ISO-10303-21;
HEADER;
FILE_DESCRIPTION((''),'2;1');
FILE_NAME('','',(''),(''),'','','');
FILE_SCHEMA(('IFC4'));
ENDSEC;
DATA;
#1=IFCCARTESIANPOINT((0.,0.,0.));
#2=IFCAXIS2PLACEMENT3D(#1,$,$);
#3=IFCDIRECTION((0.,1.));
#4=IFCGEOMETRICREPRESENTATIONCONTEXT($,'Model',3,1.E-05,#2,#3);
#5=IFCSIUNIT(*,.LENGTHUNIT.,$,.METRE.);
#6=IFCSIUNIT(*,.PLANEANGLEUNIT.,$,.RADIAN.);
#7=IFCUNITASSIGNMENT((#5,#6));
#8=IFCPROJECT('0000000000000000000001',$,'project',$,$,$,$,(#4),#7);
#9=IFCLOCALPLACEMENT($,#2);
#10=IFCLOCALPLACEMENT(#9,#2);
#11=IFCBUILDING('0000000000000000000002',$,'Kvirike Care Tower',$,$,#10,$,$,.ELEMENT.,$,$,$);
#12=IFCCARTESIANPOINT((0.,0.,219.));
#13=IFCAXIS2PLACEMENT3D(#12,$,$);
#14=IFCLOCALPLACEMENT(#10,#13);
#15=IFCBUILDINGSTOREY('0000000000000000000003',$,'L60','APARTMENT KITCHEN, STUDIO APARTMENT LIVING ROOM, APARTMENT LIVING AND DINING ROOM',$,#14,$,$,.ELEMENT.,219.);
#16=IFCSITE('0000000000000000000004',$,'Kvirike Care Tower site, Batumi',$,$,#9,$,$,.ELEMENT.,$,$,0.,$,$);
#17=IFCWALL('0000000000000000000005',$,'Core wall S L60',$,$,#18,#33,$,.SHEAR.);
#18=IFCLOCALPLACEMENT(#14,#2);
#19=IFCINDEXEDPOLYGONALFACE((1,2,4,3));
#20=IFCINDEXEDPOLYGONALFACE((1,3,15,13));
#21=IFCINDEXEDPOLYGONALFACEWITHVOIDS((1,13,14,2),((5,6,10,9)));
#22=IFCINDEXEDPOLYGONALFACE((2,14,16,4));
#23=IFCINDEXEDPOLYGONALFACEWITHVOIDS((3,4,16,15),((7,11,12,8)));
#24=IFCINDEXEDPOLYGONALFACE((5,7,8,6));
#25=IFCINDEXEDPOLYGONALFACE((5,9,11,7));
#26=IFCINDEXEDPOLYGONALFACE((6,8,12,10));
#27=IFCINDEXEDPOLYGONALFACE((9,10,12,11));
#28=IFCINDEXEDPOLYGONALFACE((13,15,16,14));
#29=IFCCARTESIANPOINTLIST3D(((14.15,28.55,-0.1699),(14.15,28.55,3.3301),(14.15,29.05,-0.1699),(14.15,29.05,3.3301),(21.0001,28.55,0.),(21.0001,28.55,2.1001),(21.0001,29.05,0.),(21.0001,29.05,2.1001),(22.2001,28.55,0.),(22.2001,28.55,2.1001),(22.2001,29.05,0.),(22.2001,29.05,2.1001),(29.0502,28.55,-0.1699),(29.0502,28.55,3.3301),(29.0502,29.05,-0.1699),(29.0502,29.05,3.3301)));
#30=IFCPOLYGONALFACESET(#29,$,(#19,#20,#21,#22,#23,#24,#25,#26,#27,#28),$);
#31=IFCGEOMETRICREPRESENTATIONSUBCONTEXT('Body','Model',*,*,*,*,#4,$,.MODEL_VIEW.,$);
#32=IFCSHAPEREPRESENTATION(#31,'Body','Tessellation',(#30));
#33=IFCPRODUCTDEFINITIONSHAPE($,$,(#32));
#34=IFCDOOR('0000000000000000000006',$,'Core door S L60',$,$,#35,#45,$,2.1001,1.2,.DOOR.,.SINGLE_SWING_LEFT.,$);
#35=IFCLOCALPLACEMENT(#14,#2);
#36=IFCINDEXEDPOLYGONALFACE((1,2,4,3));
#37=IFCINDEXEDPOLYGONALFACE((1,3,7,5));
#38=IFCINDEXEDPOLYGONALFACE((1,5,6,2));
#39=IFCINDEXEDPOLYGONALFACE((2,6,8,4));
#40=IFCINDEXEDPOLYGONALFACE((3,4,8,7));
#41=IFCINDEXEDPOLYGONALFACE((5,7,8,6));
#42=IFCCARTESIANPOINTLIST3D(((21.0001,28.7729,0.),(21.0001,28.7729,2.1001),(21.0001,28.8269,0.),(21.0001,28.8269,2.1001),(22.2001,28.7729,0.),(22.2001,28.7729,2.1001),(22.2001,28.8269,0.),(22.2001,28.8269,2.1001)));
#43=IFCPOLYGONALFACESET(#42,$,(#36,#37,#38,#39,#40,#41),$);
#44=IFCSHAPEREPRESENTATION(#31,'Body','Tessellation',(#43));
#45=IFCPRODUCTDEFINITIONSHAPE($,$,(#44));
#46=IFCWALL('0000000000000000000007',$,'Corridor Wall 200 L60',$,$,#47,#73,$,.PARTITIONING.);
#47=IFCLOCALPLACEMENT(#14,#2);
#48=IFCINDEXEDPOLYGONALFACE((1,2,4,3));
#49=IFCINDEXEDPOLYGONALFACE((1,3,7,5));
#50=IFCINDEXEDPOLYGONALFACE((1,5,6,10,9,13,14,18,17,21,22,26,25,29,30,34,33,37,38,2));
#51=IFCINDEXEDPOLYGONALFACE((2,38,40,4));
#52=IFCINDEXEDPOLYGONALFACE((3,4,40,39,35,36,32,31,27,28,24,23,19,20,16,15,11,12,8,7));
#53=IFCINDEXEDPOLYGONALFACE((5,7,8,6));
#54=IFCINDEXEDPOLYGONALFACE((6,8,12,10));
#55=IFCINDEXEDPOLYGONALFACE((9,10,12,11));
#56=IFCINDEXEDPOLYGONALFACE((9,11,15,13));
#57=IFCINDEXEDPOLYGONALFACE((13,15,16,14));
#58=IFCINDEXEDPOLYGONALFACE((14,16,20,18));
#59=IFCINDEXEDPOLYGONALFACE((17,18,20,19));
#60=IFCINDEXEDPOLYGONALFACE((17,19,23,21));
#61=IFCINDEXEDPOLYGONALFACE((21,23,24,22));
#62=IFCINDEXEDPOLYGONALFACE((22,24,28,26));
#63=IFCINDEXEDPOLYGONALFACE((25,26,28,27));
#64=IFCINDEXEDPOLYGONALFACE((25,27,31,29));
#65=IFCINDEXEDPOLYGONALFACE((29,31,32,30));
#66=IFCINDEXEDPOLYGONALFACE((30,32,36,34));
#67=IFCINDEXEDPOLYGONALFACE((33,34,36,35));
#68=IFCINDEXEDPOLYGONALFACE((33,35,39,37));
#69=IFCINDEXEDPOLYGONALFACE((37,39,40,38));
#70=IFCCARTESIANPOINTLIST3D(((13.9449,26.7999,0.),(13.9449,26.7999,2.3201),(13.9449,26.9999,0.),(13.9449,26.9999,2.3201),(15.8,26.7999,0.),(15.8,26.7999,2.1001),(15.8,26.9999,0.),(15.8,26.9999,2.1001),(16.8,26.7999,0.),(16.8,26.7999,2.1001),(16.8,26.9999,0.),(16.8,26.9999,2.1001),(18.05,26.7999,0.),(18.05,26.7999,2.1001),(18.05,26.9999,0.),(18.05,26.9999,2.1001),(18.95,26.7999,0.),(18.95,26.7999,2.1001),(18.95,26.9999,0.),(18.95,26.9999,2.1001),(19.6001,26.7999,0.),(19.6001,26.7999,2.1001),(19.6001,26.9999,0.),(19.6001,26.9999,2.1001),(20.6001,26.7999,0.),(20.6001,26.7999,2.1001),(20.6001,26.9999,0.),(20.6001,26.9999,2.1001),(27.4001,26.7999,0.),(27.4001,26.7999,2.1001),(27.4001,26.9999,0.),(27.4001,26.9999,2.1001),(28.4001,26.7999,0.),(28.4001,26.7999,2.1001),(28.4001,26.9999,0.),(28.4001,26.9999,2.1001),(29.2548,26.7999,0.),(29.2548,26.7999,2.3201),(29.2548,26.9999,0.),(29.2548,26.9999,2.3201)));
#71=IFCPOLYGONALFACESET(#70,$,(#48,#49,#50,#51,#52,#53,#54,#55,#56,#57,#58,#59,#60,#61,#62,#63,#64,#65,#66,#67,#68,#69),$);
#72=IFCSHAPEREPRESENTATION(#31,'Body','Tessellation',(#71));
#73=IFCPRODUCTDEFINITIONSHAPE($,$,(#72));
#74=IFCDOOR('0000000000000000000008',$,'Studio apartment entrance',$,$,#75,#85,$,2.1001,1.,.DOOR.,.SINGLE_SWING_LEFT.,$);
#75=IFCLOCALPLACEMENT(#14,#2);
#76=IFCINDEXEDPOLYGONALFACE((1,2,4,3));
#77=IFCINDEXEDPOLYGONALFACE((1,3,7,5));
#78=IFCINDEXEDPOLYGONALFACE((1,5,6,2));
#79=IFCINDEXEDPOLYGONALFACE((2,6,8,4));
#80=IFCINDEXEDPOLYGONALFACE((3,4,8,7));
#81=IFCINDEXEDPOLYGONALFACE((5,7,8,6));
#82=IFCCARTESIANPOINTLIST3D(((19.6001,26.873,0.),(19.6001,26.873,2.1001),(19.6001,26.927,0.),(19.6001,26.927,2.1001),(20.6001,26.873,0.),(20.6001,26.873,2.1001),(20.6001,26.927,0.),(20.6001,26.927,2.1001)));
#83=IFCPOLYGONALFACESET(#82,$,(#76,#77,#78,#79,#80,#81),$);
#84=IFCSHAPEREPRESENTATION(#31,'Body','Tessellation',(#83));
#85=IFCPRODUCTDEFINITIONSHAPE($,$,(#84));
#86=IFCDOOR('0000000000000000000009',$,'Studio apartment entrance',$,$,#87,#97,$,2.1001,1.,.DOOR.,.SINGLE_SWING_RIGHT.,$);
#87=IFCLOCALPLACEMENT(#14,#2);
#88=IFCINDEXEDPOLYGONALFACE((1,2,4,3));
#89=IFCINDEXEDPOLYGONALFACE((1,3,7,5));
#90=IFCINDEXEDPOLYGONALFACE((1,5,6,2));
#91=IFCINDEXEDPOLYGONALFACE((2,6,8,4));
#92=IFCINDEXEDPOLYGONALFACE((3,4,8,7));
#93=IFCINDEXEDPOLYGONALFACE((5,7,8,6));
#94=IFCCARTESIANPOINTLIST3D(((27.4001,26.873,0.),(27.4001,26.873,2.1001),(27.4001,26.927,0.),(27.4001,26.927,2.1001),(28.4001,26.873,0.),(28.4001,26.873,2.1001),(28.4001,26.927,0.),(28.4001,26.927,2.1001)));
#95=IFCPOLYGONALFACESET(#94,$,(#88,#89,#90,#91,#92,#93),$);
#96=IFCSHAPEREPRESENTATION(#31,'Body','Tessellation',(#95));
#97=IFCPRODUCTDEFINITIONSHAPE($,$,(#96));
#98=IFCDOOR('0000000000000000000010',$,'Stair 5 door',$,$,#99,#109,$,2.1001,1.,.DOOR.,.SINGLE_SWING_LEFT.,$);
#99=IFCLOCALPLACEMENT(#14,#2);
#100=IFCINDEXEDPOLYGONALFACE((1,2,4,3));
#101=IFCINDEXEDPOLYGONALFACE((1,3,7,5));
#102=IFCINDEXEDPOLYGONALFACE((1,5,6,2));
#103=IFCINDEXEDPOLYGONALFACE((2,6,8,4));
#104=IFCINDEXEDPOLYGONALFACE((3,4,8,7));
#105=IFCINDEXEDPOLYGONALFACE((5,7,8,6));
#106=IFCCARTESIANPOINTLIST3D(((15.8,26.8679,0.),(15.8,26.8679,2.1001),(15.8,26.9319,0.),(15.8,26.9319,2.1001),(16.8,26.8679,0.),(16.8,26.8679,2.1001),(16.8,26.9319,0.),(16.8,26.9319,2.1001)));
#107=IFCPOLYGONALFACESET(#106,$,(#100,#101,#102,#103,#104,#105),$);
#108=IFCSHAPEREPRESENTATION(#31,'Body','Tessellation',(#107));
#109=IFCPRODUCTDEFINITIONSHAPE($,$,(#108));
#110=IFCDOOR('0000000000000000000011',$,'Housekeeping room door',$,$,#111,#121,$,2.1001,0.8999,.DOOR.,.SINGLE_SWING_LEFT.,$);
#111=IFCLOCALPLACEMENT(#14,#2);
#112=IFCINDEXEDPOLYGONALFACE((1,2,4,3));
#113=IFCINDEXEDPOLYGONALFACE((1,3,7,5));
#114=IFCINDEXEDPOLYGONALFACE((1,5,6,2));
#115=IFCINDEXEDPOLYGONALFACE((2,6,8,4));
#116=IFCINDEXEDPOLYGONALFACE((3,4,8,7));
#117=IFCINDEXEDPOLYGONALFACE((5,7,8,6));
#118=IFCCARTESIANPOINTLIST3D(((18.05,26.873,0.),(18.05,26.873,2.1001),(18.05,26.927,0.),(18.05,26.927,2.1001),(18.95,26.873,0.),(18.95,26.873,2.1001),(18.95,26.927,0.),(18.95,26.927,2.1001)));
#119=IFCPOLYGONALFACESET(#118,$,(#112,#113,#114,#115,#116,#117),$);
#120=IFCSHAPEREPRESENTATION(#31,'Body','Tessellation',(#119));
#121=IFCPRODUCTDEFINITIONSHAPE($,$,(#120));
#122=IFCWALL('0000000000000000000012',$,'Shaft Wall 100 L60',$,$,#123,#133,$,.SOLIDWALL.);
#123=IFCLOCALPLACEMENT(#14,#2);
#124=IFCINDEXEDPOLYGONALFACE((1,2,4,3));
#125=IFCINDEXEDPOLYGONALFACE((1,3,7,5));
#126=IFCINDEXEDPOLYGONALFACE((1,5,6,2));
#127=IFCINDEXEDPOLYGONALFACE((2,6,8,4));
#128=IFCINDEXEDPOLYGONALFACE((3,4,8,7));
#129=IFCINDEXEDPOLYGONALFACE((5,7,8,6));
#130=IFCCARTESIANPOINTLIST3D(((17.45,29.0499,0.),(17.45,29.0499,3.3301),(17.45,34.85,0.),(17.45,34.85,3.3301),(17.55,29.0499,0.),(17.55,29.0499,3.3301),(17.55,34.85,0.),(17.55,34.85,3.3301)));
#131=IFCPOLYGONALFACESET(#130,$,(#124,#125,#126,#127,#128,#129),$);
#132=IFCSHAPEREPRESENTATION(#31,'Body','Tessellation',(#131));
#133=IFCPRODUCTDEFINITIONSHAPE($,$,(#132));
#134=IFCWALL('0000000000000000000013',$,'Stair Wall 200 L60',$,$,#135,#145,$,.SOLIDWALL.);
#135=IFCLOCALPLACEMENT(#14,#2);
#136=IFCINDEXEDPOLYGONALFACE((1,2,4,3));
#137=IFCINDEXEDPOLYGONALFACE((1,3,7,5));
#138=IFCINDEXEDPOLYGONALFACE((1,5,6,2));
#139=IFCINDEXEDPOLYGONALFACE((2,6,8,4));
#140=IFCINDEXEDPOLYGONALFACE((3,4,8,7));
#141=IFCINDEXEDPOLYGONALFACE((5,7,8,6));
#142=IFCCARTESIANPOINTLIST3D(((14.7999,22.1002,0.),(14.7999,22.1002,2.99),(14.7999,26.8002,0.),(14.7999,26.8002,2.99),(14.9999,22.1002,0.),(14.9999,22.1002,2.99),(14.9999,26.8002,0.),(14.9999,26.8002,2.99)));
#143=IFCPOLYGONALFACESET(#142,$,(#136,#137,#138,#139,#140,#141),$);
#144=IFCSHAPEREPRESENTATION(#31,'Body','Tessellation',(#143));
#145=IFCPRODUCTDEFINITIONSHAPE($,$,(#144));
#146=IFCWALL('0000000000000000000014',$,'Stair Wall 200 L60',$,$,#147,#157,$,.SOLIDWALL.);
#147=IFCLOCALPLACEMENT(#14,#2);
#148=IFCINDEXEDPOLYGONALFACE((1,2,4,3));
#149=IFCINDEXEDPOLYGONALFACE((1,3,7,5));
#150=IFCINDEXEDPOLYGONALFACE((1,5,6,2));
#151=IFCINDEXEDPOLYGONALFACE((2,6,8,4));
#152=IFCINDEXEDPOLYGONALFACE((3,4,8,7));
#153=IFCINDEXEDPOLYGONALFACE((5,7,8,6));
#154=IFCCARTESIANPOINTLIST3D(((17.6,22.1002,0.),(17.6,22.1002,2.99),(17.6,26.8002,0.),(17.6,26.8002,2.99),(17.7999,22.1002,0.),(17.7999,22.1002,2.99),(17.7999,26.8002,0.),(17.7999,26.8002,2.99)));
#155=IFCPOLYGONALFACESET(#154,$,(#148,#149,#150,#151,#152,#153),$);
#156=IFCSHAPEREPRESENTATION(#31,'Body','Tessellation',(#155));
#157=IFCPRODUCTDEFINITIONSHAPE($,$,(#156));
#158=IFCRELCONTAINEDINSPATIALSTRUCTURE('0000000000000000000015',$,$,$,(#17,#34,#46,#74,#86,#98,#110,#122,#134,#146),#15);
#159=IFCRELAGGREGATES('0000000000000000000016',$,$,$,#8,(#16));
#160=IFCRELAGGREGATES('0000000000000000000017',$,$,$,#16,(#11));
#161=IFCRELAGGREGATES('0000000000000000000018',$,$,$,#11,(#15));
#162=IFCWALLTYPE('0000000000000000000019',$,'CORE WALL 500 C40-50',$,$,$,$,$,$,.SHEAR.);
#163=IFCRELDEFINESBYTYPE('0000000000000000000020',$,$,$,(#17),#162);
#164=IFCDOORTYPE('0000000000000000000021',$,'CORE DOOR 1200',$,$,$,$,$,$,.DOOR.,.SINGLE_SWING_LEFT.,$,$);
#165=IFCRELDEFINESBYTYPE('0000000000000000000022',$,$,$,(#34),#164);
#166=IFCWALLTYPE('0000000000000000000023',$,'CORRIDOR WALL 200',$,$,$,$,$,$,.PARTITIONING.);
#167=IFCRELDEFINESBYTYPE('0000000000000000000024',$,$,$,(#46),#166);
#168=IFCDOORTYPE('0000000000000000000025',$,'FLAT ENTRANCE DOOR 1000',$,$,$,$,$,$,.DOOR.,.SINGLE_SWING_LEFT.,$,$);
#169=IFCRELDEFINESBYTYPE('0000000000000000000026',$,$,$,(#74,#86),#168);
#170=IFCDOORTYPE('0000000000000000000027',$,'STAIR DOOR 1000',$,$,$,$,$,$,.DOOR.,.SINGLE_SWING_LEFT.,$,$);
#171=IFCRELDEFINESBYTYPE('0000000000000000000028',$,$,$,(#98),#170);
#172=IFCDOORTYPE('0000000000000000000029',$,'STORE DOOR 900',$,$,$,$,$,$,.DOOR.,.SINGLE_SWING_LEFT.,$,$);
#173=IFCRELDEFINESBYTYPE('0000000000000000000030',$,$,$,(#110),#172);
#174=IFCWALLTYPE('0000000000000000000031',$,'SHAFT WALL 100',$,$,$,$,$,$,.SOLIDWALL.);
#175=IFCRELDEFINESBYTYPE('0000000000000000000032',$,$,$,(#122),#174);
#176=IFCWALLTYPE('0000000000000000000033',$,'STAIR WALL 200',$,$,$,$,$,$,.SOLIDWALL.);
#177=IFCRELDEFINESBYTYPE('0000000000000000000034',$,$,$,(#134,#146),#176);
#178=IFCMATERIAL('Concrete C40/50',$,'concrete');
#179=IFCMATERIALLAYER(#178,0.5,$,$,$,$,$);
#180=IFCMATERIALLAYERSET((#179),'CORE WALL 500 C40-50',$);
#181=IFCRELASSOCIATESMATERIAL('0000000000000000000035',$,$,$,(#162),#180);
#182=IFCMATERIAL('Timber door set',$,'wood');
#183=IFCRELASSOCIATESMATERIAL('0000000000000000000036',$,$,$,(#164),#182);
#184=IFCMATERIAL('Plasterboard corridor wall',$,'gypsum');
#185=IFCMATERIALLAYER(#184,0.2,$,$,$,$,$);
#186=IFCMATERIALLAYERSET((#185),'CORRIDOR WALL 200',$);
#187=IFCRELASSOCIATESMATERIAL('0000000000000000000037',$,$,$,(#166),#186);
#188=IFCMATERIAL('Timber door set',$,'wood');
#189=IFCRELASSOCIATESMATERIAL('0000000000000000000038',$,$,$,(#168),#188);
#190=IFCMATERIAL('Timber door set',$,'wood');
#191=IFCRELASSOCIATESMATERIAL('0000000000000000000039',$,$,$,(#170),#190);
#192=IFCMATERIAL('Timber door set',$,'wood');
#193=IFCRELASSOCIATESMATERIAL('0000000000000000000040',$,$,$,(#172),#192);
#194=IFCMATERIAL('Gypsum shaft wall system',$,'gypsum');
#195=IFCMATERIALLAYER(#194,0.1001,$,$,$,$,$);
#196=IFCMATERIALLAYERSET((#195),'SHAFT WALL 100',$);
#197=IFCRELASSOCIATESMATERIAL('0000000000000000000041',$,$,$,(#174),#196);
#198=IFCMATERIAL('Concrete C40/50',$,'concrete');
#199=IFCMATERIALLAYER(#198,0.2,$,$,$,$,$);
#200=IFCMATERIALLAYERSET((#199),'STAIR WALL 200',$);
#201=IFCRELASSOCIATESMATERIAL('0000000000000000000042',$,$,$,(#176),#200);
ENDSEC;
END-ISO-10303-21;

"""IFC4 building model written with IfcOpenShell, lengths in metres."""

from ifc_helpers import new_model, si_unit, direction, frame, frame_2d, origin, place, context, subcontext, project, spatial, rectangle, extrude, material, layer, layer_set, type_object, element, fill, save


model = new_model("IFC4")

# Units and contexts
model_context = context("Model", 3, precision=1e-05, world=origin(), true_north=direction((0.0, 1.0)))
body_context = subcontext(model_context, "Body", "Model", "MODEL_VIEW")
ifc_project = project(units=[si_unit("LENGTHUNIT", "METRE"), si_unit("PLANEANGLEUNIT", "RADIAN")], contexts=[model_context])

# Site, building, storey
site_placement = place(None, origin())
site = spatial("IfcSite", under=ifc_project, at=site_placement, Name="Kvirike Care Tower site, Batumi", CompositionType="ELEMENT", RefElevation=0.0)
building_placement = place(site_placement, origin())
building = spatial("IfcBuilding", under=site, at=building_placement, Name="Kvirike Care Tower", CompositionType="ELEMENT")
storey_placement = place(building_placement, frame((0.0, 0.0, 219.0)))
storey = spatial("IfcBuildingStorey", under=building, at=storey_placement, Name="L60", Description="APARTMENT KITCHEN, STUDIO APARTMENT LIVING ROOM, APARTMENT LIVING AND DINING ROOM", CompositionType="ELEMENT", Elevation=219.0)

# Wall, opening, door
ifc_material_1 = material(Name="Concrete C40/50", Category="concrete")
ifc_layer_1 = layer(ifc_material_1, 0.5)
ifc_layer_set_1 = layer_set([ifc_layer_1], Name="CORE WALL 500 C40-50")
wall_type_1 = type_object("IfcWallType", Name="CORE WALL 500 C40-50", PredefinedType="SHEAR", material=ifc_layer_set_1)
wall_1_placement = place(storey_placement, frame((14.1499, 28.8, -0.1699), z_axis=(0.0, 0.0, 1.0), x_axis=(1.0, 0.0, 0.0)))
wall_1 = element("IfcWall", 1, at=wall_1_placement, inside=storey, type_object=wall_type_1, Name="Core wall S L60", PredefinedType="SHEAR", context=body_context, shape_type="SweptSolid", body=[
    extrude(rectangle(XDim=14.9001, YDim=0.5, at=frame_2d((7.4502, 0.0))), origin(), (0.0, 0.0, 1.0), 3.5),
])
opening_1_placement = place(wall_1_placement, frame((6.8501, 0.0, 0.1699)))
opening_1 = element("IfcOpeningElement", 2, at=opening_1_placement, cuts=wall_1, PredefinedType="OPENING", context=body_context, shape_type="SweptSolid", body=[
    extrude(rectangle(XDim=1.2, YDim=2.1001, at=frame_2d((0.6001, 1.05))), frame((0.0, 0.2605, 0.0), z_axis=(0.0, -1.0, 0.0), x_axis=(1.0, 0.0, 0.0)), (0.0, 0.0, 1.0), 0.521),
])
ifc_material_2 = material(Name="Timber door set", Category="wood")
door_type_1 = type_object("IfcDoorType", Name="CORE DOOR 1200", OperationType="SINGLE_SWING_LEFT", PredefinedType="DOOR", material=ifc_material_2)
door_1_placement = place(opening_1_placement, origin())
door_1 = element("IfcDoor", 3, at=door_1_placement, inside=storey, type_object=door_type_1, Name="Core door S L60", OperationType="SINGLE_SWING_LEFT", OverallHeight=2.1001, OverallWidth=1.2, PredefinedType="DOOR", context=body_context, shape_type="SweptSolid", body=[
    extrude(rectangle(XDim=1.2, YDim=2.1001, at=frame_2d((0.6001, 1.05))), frame((0.0, 0.0269, 0.0), z_axis=(0.0, -1.0, 0.0), x_axis=(1.0, 0.0, 0.0)), (0.0, 0.0, 1.0), 0.054),
])
fill(opening_1, door_1)

# Wall, openings, doors
ifc_material_3 = material(Name="Plasterboard corridor wall", Category="gypsum")
ifc_layer_2 = layer(ifc_material_3, 0.2)
ifc_layer_set_2 = layer_set([ifc_layer_2], Name="CORRIDOR WALL 200")
wall_type_2 = type_object("IfcWallType", Name="CORRIDOR WALL 200", PredefinedType="PARTITIONING", material=ifc_layer_set_2)
wall_2_placement = place(storey_placement, frame((13.9451, 26.8999, 0.0), z_axis=(0.0, 0.0, 1.0), x_axis=(1.0, 0.0, 0.0)))
wall_2 = element("IfcWall", 4, at=wall_2_placement, inside=storey, type_object=wall_type_2, Name="Corridor Wall 200 L60", PredefinedType="PARTITIONING", context=body_context, shape_type="SweptSolid", body=[
    extrude(rectangle(XDim=15.3098, YDim=0.2, at=frame_2d((7.6548, 0.0))), origin(), (0.0, 0.0, 1.0), 2.3201),
])
opening_2_placement = place(wall_2_placement, frame((1.855, 0.0, 0.0)))
opening_2 = element("IfcOpeningElement", 5, at=opening_2_placement, cuts=wall_2, PredefinedType="OPENING", context=body_context, shape_type="SweptSolid", body=[
    extrude(rectangle(XDim=1.0, YDim=2.1001, at=frame_2d((0.5, 1.05))), frame((0.0, 0.1106, 0.0), z_axis=(0.0, -1.0, 0.0), x_axis=(1.0, 0.0, 0.0)), (0.0, 0.0, 1.0), 0.2209),
])
opening_3_placement = place(wall_2_placement, frame((4.105, 0.0, 0.0)))
opening_3 = element("IfcOpeningElement", 6, at=opening_3_placement, cuts=wall_2, PredefinedType="OPENING", context=body_context, shape_type="SweptSolid", body=[
    extrude(rectangle(XDim=0.8999, YDim=2.1001, at=frame_2d((0.45, 1.05))), frame((0.0, 0.1106, 0.0), z_axis=(0.0, -1.0, 0.0), x_axis=(1.0, 0.0, 0.0)), (0.0, 0.0, 1.0), 0.2209),
])
opening_4_placement = place(wall_2_placement, frame((5.655, 0.0, 0.0)))
opening_4 = element("IfcOpeningElement", 7, at=opening_4_placement, cuts=wall_2, PredefinedType="OPENING", context=body_context, shape_type="SweptSolid", body=[
    extrude(rectangle(XDim=1.0, YDim=2.1001, at=frame_2d((0.5, 1.05))), frame((0.0, 0.1106, 0.0), z_axis=(0.0, -1.0, 0.0), x_axis=(1.0, 0.0, 0.0)), (0.0, 0.0, 1.0), 0.2209),
])
opening_5_placement = place(wall_2_placement, frame((13.4551, 0.0, 0.0)))
opening_5 = element("IfcOpeningElement", 8, at=opening_5_placement, cuts=wall_2, PredefinedType="OPENING", context=body_context, shape_type="SweptSolid", body=[
    extrude(rectangle(XDim=1.0, YDim=2.1001, at=frame_2d((0.5, 1.05))), frame((0.0, 0.1106, 0.0), z_axis=(0.0, -1.0, 0.0), x_axis=(1.0, 0.0, 0.0)), (0.0, 0.0, 1.0), 0.2209),
])
ifc_material_4 = material(Name="Timber door set", Category="wood")
door_type_2 = type_object("IfcDoorType", Name="FLAT ENTRANCE DOOR 1000", OperationType="SINGLE_SWING_LEFT", PredefinedType="DOOR", material=ifc_material_4)
door_2_placement = place(opening_4_placement, frame((1.0, 0.0, 0.0), z_axis=(0.0, 0.0, 1.0), x_axis=(-1.0, 0.0, 0.0)))
door_2 = element("IfcDoor", 9, at=door_2_placement, inside=storey, type_object=door_type_2, Name="Studio apartment entrance", OperationType="SINGLE_SWING_LEFT", OverallHeight=2.1001, OverallWidth=1.0, PredefinedType="DOOR", context=body_context, shape_type="SweptSolid", body=[
    extrude(rectangle(XDim=1.0, YDim=2.1001, at=frame_2d((0.5, 1.05))), frame((0.0, 0.0269, 0.0), z_axis=(0.0, -1.0, 0.0), x_axis=(1.0, 0.0, 0.0)), (0.0, 0.0, 1.0), 0.054),
])
fill(opening_4, door_2)
door_3_placement = place(opening_5_placement, frame((1.0, 0.0, 0.0), z_axis=(0.0, 0.0, 1.0), x_axis=(-1.0, 0.0, 0.0)))
door_3 = element("IfcDoor", 10, at=door_3_placement, inside=storey, type_object=door_type_2, Name="Studio apartment entrance", OperationType="SINGLE_SWING_RIGHT", OverallHeight=2.1001, OverallWidth=1.0, PredefinedType="DOOR", context=body_context, shape_type="SweptSolid", body=[
    extrude(rectangle(XDim=1.0, YDim=2.1001, at=frame_2d((0.5, 1.05))), frame((0.0, 0.0269, 0.0), z_axis=(0.0, -1.0, 0.0), x_axis=(1.0, 0.0, 0.0)), (0.0, 0.0, 1.0), 0.054),
])
fill(opening_5, door_3)
ifc_material_5 = material(Name="Timber door set", Category="wood")
door_type_3 = type_object("IfcDoorType", Name="STAIR DOOR 1000", OperationType="SINGLE_SWING_LEFT", PredefinedType="DOOR", material=ifc_material_5)
door_4_placement = place(opening_2_placement, frame((1.0, 0.0, 0.0), z_axis=(0.0, 0.0, 1.0), x_axis=(-1.0, 0.0, 0.0)))
door_4 = element("IfcDoor", 11, at=door_4_placement, inside=storey, type_object=door_type_3, Name="Stair 5 door", OperationType="SINGLE_SWING_LEFT", OverallHeight=2.1001, OverallWidth=1.0, PredefinedType="DOOR", context=body_context, shape_type="SweptSolid", body=[
    extrude(rectangle(XDim=1.0, YDim=2.1001, at=frame_2d((0.5, 1.05))), frame((0.0, 0.032, 0.0), z_axis=(0.0, -1.0, 0.0), x_axis=(1.0, 0.0, 0.0)), (0.0, 0.0, 1.0), 0.064),
])
fill(opening_2, door_4)
ifc_material_6 = material(Name="Timber door set", Category="wood")
door_type_4 = type_object("IfcDoorType", Name="STORE DOOR 900", OperationType="SINGLE_SWING_LEFT", PredefinedType="DOOR", material=ifc_material_6)
door_5_placement = place(opening_3_placement, frame((0.8999, 0.0, 0.0), z_axis=(0.0, 0.0, 1.0), x_axis=(-1.0, 0.0, 0.0)))
door_5 = element("IfcDoor", 12, at=door_5_placement, inside=storey, type_object=door_type_4, Name="Housekeeping room door", OperationType="SINGLE_SWING_LEFT", OverallHeight=2.1001, OverallWidth=0.8999, PredefinedType="DOOR", context=body_context, shape_type="SweptSolid", body=[
    extrude(rectangle(XDim=0.8999, YDim=2.1001, at=frame_2d((0.45, 1.05))), frame((0.0, 0.0269, 0.0), z_axis=(0.0, -1.0, 0.0), x_axis=(1.0, 0.0, 0.0)), (0.0, 0.0, 1.0), 0.054),
])
fill(opening_3, door_5)

# Walls
ifc_material_7 = material(Name="Gypsum shaft wall system", Category="gypsum")
ifc_layer_3 = layer(ifc_material_7, 0.1001)
ifc_layer_set_3 = layer_set([ifc_layer_3], Name="SHAFT WALL 100")
wall_type_3 = type_object("IfcWallType", Name="SHAFT WALL 100", PredefinedType="SOLIDWALL", material=ifc_layer_set_3)
wall_3_placement = place(storey_placement, frame((17.5, 29.05, 0.0), z_axis=(0.0, 0.0, 1.0), x_axis=(0.0, 1.0, 0.0)))
element("IfcWall", 13, at=wall_3_placement, inside=storey, type_object=wall_type_3, Name="Shaft Wall 100 L60", PredefinedType="SOLIDWALL", context=body_context, shape_type="SweptSolid", body=[
    extrude(rectangle(XDim=5.8, YDim=0.1001, at=frame_2d((2.8999, 0.0))), origin(), (0.0, 0.0, 1.0), 3.3301),
])
ifc_material_8 = material(Name="Concrete C40/50", Category="concrete")
ifc_layer_4 = layer(ifc_material_8, 0.2)
ifc_layer_set_4 = layer_set([ifc_layer_4], Name="STAIR WALL 200")
wall_type_4 = type_object("IfcWallType", Name="STAIR WALL 200", PredefinedType="SOLIDWALL", material=ifc_layer_set_4)
for number, where, z_axis, x_axis, name in (
    (14, (14.8999, 22.1001, 0.0), (0.0, 0.0, 1.0), (0.0, 1.0, 0.0), "Stair Wall 200 L60"),
    (15, (17.7, 22.1001, 0.0), (0.0, 0.0, 1.0), (0.0, 1.0, 0.0), "Stair Wall 200 L60"),
):
    element("IfcWall", number, at=place(storey_placement, frame(where, z_axis=z_axis, x_axis=x_axis)), inside=storey, type_object=wall_type_4, Name=name, PredefinedType="SOLIDWALL", context=body_context, shape_type="SweptSolid", body=[
        extrude(rectangle(XDim=4.7, YDim=0.2, at=frame_2d((2.3501, 0.0))), origin(), (0.0, 0.0, 1.0), 2.99),
    ])

save(model, "model.ifc")
